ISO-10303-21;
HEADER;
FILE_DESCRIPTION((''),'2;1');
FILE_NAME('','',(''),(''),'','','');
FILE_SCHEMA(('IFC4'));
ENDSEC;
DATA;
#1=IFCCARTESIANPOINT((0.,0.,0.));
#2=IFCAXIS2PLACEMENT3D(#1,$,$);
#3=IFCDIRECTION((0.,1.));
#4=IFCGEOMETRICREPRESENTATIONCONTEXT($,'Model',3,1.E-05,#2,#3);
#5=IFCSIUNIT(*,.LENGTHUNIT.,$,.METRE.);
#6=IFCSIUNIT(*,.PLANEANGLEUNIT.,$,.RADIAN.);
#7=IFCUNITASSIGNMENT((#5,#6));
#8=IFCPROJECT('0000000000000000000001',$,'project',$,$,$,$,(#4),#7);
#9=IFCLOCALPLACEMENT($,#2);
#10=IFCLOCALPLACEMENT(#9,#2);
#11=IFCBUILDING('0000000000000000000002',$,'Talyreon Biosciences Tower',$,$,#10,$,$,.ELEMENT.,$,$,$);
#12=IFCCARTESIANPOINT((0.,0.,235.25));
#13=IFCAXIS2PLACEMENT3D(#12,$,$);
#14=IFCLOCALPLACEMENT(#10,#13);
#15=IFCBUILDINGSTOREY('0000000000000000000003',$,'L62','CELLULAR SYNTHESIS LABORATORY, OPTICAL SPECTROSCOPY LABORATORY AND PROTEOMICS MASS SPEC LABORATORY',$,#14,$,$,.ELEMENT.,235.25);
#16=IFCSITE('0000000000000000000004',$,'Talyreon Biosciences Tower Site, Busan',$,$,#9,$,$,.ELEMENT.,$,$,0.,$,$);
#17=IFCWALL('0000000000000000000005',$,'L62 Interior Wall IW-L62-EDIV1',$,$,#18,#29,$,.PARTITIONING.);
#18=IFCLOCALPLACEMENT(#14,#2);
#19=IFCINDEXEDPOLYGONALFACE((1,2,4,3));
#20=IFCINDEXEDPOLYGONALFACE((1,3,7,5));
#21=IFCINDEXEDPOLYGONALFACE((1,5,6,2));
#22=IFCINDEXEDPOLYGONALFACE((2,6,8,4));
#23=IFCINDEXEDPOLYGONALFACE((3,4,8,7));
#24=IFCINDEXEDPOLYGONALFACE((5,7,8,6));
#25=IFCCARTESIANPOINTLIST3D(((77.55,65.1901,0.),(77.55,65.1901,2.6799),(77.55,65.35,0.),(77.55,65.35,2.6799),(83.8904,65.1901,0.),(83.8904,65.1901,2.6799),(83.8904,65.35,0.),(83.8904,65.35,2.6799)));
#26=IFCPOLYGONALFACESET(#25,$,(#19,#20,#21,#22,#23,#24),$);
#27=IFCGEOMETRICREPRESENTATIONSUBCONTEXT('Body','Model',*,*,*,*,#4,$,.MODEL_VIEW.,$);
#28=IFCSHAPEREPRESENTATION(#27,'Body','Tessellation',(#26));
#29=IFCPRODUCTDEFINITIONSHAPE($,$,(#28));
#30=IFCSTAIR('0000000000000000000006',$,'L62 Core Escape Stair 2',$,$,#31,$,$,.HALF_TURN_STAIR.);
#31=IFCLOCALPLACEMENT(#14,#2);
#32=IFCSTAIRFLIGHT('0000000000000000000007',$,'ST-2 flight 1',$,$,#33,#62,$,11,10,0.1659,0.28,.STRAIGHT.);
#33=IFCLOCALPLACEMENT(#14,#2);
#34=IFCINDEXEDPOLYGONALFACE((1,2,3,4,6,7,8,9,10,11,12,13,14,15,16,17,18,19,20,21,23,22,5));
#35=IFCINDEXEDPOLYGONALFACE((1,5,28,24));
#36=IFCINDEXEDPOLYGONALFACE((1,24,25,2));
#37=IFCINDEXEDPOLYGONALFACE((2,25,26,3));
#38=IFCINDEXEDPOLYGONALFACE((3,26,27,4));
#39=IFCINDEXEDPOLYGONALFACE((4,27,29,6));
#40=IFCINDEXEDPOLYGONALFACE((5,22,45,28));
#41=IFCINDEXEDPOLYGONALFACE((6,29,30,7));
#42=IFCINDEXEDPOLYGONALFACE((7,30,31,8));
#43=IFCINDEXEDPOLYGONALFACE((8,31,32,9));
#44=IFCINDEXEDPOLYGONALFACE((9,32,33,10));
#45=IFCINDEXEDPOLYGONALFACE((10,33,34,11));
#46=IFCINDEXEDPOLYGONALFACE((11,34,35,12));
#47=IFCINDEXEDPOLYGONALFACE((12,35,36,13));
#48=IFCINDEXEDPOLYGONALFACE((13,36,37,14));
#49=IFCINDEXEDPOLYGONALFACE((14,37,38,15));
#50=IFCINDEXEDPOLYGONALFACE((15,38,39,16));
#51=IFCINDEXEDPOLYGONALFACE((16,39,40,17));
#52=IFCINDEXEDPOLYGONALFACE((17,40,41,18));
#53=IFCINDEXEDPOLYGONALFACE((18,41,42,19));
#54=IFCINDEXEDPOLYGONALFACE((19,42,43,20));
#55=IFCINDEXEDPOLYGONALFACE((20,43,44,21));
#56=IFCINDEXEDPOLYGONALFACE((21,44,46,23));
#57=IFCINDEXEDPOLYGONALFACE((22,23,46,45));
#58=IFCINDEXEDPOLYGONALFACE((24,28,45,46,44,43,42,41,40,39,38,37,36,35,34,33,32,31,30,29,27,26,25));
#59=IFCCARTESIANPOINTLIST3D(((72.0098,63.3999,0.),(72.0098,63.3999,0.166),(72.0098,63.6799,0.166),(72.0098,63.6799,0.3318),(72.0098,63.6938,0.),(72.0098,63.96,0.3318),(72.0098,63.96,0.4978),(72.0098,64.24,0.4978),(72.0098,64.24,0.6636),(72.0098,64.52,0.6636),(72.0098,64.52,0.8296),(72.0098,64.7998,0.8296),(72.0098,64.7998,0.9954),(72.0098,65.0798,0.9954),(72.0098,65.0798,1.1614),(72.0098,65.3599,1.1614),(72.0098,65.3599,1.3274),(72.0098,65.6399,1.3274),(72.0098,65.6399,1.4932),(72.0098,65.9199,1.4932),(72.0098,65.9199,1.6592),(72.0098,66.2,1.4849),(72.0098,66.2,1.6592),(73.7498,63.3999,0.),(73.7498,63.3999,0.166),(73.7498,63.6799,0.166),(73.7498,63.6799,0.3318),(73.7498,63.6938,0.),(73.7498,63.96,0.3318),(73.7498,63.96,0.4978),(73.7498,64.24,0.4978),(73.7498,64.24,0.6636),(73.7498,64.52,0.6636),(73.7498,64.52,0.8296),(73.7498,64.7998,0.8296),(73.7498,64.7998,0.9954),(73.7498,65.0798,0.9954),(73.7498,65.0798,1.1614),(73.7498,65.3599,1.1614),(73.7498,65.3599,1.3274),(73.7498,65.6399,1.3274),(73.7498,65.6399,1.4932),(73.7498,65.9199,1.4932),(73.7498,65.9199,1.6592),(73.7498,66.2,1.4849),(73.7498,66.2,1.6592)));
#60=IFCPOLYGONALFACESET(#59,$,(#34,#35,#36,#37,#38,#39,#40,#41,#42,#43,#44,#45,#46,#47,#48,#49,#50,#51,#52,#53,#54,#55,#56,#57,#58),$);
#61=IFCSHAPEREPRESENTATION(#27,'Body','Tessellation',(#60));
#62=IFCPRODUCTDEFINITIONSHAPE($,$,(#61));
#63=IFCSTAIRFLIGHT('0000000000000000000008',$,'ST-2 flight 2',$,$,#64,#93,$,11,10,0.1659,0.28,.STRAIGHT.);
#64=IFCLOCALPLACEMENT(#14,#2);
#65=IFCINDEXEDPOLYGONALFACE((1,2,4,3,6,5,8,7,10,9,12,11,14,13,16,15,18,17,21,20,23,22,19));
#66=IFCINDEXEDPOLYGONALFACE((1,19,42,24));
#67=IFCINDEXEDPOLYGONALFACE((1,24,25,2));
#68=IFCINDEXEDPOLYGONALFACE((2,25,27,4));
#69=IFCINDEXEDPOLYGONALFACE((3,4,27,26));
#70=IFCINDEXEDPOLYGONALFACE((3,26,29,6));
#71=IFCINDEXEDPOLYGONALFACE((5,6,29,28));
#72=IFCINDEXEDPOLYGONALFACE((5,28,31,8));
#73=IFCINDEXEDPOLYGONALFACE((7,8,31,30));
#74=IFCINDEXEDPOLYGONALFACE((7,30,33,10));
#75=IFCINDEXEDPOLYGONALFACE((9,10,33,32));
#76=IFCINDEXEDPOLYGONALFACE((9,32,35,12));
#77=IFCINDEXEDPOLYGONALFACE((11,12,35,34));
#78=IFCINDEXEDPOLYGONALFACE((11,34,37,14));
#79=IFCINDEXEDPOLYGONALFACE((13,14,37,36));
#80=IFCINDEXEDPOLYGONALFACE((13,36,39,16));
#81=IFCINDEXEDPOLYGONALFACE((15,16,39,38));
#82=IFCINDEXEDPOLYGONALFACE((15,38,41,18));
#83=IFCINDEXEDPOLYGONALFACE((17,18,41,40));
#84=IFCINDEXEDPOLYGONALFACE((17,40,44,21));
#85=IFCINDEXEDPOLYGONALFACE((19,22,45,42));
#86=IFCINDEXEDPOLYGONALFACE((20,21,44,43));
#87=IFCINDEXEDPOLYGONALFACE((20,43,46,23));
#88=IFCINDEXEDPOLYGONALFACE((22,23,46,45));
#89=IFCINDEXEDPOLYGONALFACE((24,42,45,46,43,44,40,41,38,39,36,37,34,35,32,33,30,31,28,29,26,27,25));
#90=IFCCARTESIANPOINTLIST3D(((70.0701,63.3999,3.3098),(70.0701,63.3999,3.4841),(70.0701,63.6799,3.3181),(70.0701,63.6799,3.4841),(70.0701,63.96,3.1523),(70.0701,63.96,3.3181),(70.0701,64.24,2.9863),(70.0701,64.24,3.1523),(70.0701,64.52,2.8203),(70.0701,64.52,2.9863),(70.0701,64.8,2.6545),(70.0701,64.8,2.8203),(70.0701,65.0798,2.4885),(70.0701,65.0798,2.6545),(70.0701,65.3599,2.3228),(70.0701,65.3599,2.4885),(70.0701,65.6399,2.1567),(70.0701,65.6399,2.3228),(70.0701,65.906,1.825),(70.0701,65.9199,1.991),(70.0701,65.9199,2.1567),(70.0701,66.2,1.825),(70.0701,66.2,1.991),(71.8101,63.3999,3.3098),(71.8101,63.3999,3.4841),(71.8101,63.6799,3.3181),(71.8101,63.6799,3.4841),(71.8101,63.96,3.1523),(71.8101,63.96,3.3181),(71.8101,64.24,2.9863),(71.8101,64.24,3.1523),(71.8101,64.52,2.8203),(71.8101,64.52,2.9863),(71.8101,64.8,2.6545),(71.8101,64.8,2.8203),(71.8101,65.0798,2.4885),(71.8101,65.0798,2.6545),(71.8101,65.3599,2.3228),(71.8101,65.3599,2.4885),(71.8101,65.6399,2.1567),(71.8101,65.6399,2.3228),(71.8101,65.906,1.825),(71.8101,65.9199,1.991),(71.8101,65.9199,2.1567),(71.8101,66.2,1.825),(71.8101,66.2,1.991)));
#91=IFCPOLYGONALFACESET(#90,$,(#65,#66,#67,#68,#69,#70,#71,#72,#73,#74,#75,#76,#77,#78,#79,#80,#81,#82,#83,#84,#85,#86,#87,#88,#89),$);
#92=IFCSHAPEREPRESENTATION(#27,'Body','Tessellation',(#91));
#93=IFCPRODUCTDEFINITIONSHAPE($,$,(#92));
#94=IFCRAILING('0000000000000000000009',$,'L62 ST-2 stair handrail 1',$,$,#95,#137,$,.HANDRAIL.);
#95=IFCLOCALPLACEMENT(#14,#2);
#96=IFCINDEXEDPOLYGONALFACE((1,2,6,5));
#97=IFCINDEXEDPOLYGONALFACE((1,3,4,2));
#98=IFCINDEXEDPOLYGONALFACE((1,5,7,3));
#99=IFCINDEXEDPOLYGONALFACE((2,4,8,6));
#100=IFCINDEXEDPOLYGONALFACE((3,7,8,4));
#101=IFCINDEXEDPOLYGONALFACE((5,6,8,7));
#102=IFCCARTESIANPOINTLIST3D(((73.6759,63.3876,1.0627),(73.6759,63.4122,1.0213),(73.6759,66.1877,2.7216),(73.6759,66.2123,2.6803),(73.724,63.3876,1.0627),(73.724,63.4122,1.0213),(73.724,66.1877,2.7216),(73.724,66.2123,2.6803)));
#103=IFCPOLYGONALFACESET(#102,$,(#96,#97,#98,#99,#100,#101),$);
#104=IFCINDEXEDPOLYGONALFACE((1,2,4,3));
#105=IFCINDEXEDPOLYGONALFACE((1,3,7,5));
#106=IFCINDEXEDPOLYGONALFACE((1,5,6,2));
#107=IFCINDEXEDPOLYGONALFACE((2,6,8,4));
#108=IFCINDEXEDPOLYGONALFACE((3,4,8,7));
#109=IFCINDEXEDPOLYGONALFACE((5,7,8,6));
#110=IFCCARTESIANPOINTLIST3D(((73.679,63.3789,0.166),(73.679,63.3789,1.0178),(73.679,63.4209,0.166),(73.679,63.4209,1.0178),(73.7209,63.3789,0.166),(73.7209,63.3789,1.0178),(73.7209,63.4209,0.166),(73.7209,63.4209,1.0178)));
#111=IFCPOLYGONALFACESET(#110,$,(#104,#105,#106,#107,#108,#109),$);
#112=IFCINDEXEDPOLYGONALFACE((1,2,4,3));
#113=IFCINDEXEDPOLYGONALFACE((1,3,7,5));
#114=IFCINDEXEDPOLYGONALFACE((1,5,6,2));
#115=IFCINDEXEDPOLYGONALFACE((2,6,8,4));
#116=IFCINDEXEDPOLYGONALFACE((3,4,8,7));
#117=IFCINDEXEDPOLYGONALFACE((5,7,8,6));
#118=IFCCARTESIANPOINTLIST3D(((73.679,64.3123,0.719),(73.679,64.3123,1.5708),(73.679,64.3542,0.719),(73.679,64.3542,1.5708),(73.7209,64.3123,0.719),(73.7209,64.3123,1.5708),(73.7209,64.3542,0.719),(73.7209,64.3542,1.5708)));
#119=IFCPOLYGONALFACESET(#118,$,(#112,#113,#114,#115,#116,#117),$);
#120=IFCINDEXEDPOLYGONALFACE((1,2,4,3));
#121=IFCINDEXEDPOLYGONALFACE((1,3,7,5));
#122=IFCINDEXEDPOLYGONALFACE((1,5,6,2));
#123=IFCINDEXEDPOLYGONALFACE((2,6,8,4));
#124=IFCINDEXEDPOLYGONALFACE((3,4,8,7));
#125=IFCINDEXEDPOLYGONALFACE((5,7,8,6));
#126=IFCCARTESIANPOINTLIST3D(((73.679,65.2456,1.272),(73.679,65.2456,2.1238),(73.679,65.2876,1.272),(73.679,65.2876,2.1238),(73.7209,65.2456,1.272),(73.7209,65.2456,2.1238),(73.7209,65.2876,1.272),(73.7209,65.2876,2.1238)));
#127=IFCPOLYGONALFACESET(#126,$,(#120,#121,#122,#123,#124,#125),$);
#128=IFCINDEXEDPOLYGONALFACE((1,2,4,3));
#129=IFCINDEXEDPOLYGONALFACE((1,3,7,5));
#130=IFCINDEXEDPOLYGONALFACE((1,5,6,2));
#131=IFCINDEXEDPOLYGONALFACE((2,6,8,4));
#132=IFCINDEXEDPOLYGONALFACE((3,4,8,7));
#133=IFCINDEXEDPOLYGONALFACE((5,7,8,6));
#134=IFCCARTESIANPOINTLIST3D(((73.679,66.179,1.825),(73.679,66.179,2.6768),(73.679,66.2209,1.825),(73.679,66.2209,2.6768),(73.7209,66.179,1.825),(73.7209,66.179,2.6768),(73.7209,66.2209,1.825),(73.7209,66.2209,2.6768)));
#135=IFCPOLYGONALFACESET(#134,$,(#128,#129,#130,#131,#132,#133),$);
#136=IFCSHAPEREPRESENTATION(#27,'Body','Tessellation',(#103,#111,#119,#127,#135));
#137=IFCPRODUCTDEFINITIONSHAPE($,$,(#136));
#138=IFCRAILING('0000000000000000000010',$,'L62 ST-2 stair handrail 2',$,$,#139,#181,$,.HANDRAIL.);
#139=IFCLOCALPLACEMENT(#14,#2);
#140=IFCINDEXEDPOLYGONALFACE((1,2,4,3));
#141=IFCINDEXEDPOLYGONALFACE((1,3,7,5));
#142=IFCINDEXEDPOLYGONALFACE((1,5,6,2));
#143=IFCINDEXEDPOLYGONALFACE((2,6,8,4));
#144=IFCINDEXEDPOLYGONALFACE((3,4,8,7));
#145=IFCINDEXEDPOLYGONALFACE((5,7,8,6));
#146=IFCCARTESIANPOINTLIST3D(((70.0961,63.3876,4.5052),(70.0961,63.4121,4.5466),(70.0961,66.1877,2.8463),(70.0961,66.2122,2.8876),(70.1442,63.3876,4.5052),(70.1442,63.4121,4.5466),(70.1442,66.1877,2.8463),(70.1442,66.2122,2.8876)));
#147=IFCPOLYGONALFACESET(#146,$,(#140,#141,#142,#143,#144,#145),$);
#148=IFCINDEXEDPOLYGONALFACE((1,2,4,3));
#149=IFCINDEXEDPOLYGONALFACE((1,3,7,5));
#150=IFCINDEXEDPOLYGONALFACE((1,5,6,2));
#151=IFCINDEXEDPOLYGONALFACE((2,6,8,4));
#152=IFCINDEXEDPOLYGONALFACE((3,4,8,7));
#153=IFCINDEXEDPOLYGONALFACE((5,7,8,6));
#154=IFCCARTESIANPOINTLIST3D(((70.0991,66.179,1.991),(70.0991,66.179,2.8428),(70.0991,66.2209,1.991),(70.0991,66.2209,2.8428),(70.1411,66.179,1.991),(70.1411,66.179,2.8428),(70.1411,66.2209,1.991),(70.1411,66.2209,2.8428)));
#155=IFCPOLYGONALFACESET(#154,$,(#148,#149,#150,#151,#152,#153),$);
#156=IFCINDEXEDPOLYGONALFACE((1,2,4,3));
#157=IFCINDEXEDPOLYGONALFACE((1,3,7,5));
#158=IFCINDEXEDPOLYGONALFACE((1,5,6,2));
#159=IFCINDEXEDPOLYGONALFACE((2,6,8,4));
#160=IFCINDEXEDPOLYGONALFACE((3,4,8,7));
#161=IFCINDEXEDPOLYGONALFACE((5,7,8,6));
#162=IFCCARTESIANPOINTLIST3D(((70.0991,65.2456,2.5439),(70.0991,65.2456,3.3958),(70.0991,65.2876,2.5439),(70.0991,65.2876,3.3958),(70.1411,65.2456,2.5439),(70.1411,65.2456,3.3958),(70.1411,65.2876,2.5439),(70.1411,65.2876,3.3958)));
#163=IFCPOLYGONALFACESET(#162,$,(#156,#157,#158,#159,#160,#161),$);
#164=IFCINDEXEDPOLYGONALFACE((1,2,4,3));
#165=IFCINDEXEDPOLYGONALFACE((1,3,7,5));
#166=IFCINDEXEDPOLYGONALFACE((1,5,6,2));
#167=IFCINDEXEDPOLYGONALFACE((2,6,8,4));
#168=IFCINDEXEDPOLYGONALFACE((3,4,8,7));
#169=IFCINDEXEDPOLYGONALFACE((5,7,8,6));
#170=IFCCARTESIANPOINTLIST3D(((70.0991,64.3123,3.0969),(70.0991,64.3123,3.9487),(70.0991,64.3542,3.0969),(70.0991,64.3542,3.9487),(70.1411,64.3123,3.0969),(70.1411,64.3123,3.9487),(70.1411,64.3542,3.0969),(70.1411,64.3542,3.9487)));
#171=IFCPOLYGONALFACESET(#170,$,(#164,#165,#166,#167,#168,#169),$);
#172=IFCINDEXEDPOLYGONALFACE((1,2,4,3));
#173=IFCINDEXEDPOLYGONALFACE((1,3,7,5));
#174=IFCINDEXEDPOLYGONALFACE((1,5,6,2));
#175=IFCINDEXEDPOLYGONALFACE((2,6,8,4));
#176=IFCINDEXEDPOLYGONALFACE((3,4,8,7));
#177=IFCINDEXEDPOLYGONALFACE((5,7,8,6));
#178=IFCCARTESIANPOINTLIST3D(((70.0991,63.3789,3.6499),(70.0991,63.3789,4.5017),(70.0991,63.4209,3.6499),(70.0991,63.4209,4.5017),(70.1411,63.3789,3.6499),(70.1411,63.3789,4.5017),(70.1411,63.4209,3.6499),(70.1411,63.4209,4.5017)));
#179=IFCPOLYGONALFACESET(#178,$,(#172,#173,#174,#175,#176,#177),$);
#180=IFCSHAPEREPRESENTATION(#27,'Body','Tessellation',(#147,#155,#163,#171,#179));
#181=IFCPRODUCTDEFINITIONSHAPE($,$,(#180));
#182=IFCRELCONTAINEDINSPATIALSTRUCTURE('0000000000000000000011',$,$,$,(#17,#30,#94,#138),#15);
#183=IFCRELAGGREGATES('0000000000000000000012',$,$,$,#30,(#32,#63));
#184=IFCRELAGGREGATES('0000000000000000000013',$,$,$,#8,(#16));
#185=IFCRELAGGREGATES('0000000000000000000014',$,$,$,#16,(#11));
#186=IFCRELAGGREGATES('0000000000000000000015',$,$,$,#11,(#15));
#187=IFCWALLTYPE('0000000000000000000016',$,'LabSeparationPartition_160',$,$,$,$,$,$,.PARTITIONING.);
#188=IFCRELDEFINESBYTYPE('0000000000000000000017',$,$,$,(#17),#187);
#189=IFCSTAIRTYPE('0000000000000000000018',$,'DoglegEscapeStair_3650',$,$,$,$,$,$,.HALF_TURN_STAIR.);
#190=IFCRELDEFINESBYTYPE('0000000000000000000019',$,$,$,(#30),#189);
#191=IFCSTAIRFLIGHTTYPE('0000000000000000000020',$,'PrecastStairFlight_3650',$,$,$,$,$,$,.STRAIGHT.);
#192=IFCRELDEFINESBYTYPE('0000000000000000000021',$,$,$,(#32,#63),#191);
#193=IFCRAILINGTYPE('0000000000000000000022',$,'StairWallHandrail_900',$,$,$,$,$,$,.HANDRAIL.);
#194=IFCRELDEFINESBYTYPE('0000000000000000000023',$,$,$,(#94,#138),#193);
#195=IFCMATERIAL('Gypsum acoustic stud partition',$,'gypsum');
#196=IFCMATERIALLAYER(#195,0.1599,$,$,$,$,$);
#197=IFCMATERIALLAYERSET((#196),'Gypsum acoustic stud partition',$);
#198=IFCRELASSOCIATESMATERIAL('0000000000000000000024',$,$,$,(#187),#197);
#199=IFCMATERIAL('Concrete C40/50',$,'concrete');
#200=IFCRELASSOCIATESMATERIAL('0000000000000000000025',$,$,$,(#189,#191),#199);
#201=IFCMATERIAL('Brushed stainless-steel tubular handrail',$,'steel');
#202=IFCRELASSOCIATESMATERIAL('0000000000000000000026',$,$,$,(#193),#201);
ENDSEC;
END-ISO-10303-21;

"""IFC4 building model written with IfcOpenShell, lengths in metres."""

from ifc_helpers import new_model, si_unit, direction, frame, frame_2d, origin, origin_2d, place, context, subcontext, project, spatial, polyline, rectangle, outline, extrude, material, layer, layer_set, type_object, element, aggregate, save


model = new_model("IFC4")

# Units and contexts
model_context = context("Model", 3, precision=1e-05, world=origin(), true_north=direction((0.0, 1.0)))
body_context = subcontext(model_context, "Body", "Model", "MODEL_VIEW")
ifc_project = project(units=[si_unit("LENGTHUNIT", "METRE"), si_unit("PLANEANGLEUNIT", "RADIAN")], contexts=[model_context])

# Site, building, storey
site_placement = place(None, origin())
site = spatial("IfcSite", under=ifc_project, at=site_placement, Name="Talyreon Biosciences Tower Site, Busan", CompositionType="ELEMENT", RefElevation=0.0)
building_placement = place(site_placement, origin())
building = spatial("IfcBuilding", under=site, at=building_placement, Name="Talyreon Biosciences Tower", CompositionType="ELEMENT")
storey_placement = place(building_placement, frame((0.0, 0.0, 235.25)))
storey = spatial("IfcBuildingStorey", under=building, at=storey_placement, Name="L62", Description="CELLULAR SYNTHESIS LABORATORY, OPTICAL SPECTROSCOPY LABORATORY AND PROTEOMICS MASS SPEC LABORATORY", CompositionType="ELEMENT", Elevation=235.25)

# Wall
ifc_material_1 = material(Name="Gypsum acoustic stud partition", Category="gypsum")
ifc_layer_1 = layer(ifc_material_1, 0.1599)
ifc_layer_set_1 = layer_set([ifc_layer_1], Name="Gypsum acoustic stud partition")
wall_type_1 = type_object("IfcWallType", Name="LabSeparationPartition_160", PredefinedType="PARTITIONING", material=ifc_layer_set_1)
wall_1_placement = place(storey_placement, frame((77.55, 65.27, 0.0), z_axis=(0.0, 0.0, 1.0), x_axis=(1.0, 0.0, 0.0)))
element("IfcWall", 1, at=wall_1_placement, inside=storey, type_object=wall_type_1, Name="L62 Interior Wall IW-L62-EDIV1", PredefinedType="PARTITIONING", context=body_context, shape_type="SweptSolid", body=[
    extrude(rectangle(XDim=6.3403, YDim=0.1599, at=frame_2d((3.1702, 0.0))), origin(), (0.0, 0.0, 1.0), 2.6799),
])

# Stair, stair flights
ifc_material_2 = material(Name="Concrete C40/50", Category="concrete")
stair_type = type_object("IfcStairType", Name="DoglegEscapeStair_3650", PredefinedType="HALF_TURN_STAIR", material=ifc_material_2)
stair_placement = place(storey_placement, origin())
stair = element("IfcStair", 2, at=stair_placement, inside=storey, type_object=stair_type, Name="L62 Core Escape Stair 2", PredefinedType="HALF_TURN_STAIR")
stair_flight_type = type_object("IfcStairFlightType", Name="PrecastStairFlight_3650", PredefinedType="STRAIGHT", material=ifc_material_2)
stair_flight_1_placement = place(storey_placement, frame((72.8799, 63.3999, 0.0), z_axis=(0.0, 0.0, 1.0), x_axis=(0.0, 1.0, 0.0)))
stair_flight_1 = element("IfcStairFlight", 3, at=stair_flight_1_placement, type_object=stair_flight_type, Name="ST-2 flight 1", NumberOfRisers=11, NumberOfTreads=10, PredefinedType="STRAIGHT", RiserHeight=0.1659, TreadLength=0.28, context=body_context, shape_type="SweptSolid", body=[
    extrude(outline(polyline([(0.0, 0.0), (0.0, 0.166), (0.28, 0.166), (0.28, 0.3318), (0.5601, 0.3318), (0.5601, 0.4978), (0.8401, 0.4978), (0.8401, 0.6636), (1.1201, 0.6636), (1.1201, 0.8296), (1.3999, 0.8296), (1.3999, 0.9954), (1.6799, 0.9954), (1.6799, 1.1614), (1.96, 1.1614), (1.96, 1.3274), (2.24, 1.3274), (2.24, 1.4932), (2.52, 1.4932), (2.52, 1.6592), (2.8, 1.6592), (2.8, 1.825), (2.8, 1.4849), (0.2939, 0.0), (0.0, 0.0)])), frame((0.0, 0.8701, 0.0), z_axis=(0.0, -1.0, 0.0), x_axis=(1.0, 0.0, 0.0)), (0.0, 0.0, 1.0), 1.74),
])
stair_flight_2_placement = place(storey_placement, frame((70.9399, 66.2, 1.825), z_axis=(0.0, 0.0, 1.0), x_axis=(0.0, -1.0, 0.0)))
stair_flight_2 = element("IfcStairFlight", 4, at=stair_flight_2_placement, type_object=stair_flight_type, Name="ST-2 flight 2", NumberOfRisers=11, NumberOfTreads=10, PredefinedType="STRAIGHT", RiserHeight=0.1659, TreadLength=0.28, context=body_context, shape_type="SweptSolid", body=[
    extrude(outline(polyline([(0.0, 0.0), (0.0, 0.166), (0.28, 0.166), (0.28, 0.3318), (0.5601, 0.3318), (0.5601, 0.4978), (0.8401, 0.4978), (0.8401, 0.6636), (1.1201, 0.6636), (1.1201, 0.8296), (1.3999, 0.8296), (1.3999, 0.9954), (1.6799, 0.9954), (1.6799, 1.1614), (1.96, 1.1614), (1.96, 1.3274), (2.24, 1.3274), (2.24, 1.4932), (2.52, 1.4932), (2.52, 1.6592), (2.8, 1.6592), (2.8, 1.825), (2.8, 1.4849), (0.2939, 0.0), (0.0, 0.0)])), frame((0.0, 0.8701, 0.0), z_axis=(0.0, -1.0, 0.0), x_axis=(1.0, 0.0, 0.0)), (0.0, 0.0, 1.0), 1.74),
])
aggregate(stair, [stair_flight_1, stair_flight_2])

# Railings
ifc_material_3 = material(Name="Brushed stainless-steel tubular handrail", Category="steel")
railing_type_1 = type_object("IfcRailingType", Name="StairWallHandrail_900", PredefinedType="HANDRAIL", material=ifc_material_3)
railing_1_placement = place(storey_placement, frame((73.7, 63.3999, 0.166)))
element("IfcRailing", 5, at=railing_1_placement, inside=storey, type_object=railing_type_1, Name="L62 ST-2 stair handrail 1", PredefinedType="HANDRAIL", context=body_context, shape_type="SweptSolid", body=[
    extrude(rectangle(XDim=0.0481, YDim=0.0481, at=origin_2d()), frame((0.0, 0.0, 0.876), z_axis=(0.0, 0.860339, 0.509722), x_axis=(-1.0, 0.0, 0.0)), (0.0, 0.0, 1.0), 3.2546),
    extrude(rectangle(XDim=0.042, YDim=0.042, at=origin_2d()), origin(), (0.0, 0.0, 1.0), 0.8518),
    extrude(rectangle(XDim=0.042, YDim=0.042, at=origin_2d()), frame((0.0, 0.9333, 0.553)), (0.0, 0.0, 1.0), 0.8518),
    extrude(rectangle(XDim=0.042, YDim=0.042, at=origin_2d()), frame((0.0, 1.8667, 1.106)), (0.0, 0.0, 1.0), 0.8518),
    extrude(rectangle(XDim=0.042, YDim=0.042, at=origin_2d()), frame((0.0, 2.8, 1.6589)), (0.0, 0.0, 1.0), 0.8518),
])
railing_2_placement = place(storey_placement, frame((70.1201, 66.2, 1.991)))
element("IfcRailing", 6, at=railing_2_placement, inside=storey, type_object=railing_type_1, Name="L62 ST-2 stair handrail 2", PredefinedType="HANDRAIL", context=body_context, shape_type="SweptSolid", body=[
    extrude(rectangle(XDim=0.0481, YDim=0.0481, at=origin_2d()), frame((0.0, 0.0, 0.876), z_axis=(0.0, -0.860339, 0.509722), x_axis=(1.0, 0.0, 0.0)), (0.0, 0.0, 1.0), 3.2546),
    extrude(rectangle(XDim=0.042, YDim=0.042, at=origin_2d()), origin(), (0.0, 0.0, 1.0), 0.8518),
    extrude(rectangle(XDim=0.042, YDim=0.042, at=origin_2d()), frame((0.0, -0.9333, 0.553)), (0.0, 0.0, 1.0), 0.8518),
    extrude(rectangle(XDim=0.042, YDim=0.042, at=origin_2d()), frame((0.0, -1.8667, 1.106)), (0.0, 0.0, 1.0), 0.8518),
    extrude(rectangle(XDim=0.042, YDim=0.042, at=origin_2d()), frame((0.0, -2.8, 1.6589)), (0.0, 0.0, 1.0), 0.8518),
])

save(model, "model.ifc")
